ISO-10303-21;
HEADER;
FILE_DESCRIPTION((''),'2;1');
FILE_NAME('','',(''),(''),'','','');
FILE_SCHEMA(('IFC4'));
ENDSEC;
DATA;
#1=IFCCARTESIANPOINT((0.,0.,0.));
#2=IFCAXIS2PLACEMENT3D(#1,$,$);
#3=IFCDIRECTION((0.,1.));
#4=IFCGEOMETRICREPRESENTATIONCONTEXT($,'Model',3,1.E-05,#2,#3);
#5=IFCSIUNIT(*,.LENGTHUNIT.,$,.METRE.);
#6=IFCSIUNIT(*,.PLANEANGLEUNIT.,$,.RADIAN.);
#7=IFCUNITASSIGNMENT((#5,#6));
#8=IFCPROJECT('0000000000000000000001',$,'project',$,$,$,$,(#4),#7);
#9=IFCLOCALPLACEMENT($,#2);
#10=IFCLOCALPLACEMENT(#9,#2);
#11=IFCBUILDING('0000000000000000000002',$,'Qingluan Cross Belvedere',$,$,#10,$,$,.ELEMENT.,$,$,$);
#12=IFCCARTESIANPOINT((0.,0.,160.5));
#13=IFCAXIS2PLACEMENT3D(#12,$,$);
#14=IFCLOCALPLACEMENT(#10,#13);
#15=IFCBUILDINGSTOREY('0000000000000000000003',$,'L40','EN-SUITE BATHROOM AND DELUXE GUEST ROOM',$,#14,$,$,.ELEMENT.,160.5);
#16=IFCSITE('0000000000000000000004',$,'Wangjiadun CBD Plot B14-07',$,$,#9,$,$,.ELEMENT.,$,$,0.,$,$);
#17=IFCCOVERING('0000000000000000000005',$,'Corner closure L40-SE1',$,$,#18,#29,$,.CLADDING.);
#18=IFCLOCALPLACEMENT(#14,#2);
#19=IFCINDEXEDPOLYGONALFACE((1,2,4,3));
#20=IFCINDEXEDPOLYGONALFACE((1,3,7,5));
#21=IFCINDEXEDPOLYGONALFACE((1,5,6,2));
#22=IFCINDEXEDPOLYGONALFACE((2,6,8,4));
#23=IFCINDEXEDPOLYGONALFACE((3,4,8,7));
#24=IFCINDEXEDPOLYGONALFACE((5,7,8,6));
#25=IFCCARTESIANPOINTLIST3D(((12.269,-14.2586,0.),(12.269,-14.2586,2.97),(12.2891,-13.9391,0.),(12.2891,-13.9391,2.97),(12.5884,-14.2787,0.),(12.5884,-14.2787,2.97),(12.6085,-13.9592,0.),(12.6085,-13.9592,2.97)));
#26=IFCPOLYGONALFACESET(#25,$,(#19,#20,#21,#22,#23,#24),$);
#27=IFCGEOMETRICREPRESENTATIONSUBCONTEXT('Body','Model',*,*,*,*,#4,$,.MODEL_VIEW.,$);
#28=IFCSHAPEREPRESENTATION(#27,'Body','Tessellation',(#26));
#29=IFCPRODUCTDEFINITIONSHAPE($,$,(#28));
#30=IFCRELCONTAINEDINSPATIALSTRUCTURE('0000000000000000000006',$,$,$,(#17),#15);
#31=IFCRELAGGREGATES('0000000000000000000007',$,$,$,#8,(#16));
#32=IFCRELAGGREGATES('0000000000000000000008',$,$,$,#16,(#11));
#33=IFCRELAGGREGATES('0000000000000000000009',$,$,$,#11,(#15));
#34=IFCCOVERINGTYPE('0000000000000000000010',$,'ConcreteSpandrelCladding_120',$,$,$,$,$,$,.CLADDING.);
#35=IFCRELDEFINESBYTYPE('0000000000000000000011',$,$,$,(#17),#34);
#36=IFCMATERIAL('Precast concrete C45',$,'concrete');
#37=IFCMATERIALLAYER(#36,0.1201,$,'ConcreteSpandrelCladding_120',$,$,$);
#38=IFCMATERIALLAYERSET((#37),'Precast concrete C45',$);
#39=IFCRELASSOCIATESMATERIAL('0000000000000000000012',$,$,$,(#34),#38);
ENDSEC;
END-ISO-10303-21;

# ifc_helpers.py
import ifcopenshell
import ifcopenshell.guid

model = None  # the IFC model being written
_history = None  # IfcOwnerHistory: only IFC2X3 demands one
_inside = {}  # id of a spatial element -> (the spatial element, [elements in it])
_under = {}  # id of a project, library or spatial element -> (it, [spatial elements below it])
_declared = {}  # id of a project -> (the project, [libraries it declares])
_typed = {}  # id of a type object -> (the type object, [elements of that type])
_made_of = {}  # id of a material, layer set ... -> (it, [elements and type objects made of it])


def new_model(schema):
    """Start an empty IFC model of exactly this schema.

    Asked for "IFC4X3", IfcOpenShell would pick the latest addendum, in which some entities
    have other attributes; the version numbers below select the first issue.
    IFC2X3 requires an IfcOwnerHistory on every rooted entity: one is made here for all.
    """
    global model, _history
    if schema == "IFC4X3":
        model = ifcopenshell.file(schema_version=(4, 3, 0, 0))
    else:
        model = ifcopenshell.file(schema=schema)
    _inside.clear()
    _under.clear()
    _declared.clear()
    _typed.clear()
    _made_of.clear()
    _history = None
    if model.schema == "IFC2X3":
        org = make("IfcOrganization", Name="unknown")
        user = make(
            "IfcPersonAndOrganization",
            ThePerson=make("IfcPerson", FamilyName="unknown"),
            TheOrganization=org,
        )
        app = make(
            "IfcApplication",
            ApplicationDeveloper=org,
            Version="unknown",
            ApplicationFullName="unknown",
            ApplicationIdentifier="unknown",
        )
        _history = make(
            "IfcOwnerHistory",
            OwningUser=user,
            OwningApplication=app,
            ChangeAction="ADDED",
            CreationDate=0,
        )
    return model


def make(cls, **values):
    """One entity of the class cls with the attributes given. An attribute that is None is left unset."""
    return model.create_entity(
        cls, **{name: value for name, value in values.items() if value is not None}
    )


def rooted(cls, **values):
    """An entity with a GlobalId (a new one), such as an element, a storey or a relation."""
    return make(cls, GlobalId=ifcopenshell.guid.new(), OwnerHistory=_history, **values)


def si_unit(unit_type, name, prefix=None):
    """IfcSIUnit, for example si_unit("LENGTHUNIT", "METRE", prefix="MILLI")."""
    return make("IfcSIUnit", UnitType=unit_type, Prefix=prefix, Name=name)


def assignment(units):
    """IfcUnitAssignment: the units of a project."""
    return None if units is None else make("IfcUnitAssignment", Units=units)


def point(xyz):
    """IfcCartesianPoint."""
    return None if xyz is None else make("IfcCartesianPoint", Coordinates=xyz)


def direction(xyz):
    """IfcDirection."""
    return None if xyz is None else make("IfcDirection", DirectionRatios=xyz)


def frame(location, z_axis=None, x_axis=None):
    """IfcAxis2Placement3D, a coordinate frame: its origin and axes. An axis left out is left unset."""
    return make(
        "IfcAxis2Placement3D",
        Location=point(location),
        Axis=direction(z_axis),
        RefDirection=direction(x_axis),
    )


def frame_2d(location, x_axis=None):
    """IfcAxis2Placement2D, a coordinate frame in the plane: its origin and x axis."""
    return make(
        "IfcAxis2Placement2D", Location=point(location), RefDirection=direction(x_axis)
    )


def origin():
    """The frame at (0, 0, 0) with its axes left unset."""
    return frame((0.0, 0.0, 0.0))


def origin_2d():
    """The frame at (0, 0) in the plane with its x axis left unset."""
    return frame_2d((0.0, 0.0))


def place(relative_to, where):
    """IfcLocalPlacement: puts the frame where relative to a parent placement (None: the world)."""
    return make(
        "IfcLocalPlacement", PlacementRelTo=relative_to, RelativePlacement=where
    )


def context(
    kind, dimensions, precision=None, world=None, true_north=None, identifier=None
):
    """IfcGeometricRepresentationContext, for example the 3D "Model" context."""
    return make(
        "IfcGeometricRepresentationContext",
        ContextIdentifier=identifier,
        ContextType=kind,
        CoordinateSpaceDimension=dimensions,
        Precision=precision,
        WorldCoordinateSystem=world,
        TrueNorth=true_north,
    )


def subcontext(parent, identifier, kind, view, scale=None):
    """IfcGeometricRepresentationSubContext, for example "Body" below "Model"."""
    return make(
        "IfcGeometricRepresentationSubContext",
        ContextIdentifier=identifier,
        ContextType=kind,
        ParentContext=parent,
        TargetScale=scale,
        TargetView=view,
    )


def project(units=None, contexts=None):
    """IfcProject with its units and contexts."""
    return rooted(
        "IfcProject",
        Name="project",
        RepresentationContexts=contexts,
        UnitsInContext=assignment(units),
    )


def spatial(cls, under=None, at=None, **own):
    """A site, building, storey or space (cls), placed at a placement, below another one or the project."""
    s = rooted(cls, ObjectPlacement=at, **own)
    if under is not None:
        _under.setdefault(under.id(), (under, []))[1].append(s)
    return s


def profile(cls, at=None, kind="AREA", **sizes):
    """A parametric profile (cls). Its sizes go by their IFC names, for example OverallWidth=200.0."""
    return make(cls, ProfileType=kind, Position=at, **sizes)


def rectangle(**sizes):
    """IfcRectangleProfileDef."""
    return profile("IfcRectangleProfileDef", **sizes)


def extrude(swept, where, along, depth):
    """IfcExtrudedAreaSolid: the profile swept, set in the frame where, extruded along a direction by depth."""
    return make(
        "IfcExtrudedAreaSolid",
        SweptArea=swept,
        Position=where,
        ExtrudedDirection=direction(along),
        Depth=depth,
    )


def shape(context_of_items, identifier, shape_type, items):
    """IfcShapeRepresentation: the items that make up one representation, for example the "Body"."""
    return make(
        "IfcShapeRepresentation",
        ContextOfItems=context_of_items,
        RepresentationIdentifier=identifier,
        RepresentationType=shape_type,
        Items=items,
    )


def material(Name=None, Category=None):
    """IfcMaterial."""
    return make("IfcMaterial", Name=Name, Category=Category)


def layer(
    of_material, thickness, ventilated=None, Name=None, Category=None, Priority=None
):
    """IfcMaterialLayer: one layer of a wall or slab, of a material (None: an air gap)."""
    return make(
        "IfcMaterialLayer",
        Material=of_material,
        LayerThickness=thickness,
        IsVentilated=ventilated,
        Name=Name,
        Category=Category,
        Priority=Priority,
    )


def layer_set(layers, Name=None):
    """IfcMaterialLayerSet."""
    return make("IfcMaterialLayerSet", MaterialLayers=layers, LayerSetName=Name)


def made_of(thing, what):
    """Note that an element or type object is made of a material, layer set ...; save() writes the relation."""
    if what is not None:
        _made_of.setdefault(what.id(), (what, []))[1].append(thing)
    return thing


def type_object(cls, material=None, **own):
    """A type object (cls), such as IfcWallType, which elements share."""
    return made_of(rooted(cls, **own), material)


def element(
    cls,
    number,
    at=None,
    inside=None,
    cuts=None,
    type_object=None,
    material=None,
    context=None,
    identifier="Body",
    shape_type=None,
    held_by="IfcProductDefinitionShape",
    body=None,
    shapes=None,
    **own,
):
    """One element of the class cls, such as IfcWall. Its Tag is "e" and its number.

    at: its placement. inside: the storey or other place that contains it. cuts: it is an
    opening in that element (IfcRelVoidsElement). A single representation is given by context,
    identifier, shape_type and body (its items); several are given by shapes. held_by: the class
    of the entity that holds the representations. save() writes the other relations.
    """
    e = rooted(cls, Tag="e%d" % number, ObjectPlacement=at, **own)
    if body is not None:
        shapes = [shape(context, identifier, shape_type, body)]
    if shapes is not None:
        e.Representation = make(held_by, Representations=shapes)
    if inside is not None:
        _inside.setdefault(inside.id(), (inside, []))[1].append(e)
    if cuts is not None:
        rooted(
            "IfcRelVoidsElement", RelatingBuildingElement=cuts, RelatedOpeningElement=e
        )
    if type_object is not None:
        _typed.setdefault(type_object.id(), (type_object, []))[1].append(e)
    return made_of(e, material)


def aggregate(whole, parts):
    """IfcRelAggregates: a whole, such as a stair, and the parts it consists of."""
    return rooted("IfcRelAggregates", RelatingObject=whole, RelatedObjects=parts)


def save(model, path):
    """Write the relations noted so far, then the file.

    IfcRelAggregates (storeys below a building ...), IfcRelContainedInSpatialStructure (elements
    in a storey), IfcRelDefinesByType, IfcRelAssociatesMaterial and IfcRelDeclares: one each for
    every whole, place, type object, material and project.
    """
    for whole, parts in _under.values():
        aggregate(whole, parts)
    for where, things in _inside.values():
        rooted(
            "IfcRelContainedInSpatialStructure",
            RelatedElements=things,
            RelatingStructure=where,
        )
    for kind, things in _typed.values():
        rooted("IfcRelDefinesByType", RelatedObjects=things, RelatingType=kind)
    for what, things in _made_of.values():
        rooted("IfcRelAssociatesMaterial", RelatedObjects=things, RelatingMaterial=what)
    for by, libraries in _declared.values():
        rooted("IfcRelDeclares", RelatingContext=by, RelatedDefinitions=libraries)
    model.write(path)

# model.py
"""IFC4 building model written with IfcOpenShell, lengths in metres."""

from ifc_helpers import new_model, si_unit, direction, frame, origin, origin_2d, place, context, subcontext, project, spatial, rectangle, extrude, material, layer, layer_set, type_object, element, save


model = new_model("IFC4")

# Units and contexts
model_context = context("Model", 3, precision=1e-05, world=origin(), true_north=direction((0.0, 1.0)))
body_context = subcontext(model_context, "Body", "Model", "MODEL_VIEW")
ifc_project = project(units=[si_unit("LENGTHUNIT", "METRE"), si_unit("PLANEANGLEUNIT", "RADIAN")], contexts=[model_context])

# Site, building, storey
site_placement = place(None, origin())
site = spatial("IfcSite", under=ifc_project, at=site_placement, Name="Wangjiadun CBD Plot B14-07", CompositionType="ELEMENT", RefElevation=0.0)
building_placement = place(site_placement, origin())
building = spatial("IfcBuilding", under=site, at=building_placement, Name="Qingluan Cross Belvedere", CompositionType="ELEMENT")
storey_placement = place(building_placement, frame((0.0, 0.0, 160.5)))
storey = spatial("IfcBuildingStorey", under=building, at=storey_placement, Name="L40", Description="EN-SUITE BATHROOM AND DELUXE GUEST ROOM", CompositionType="ELEMENT", Elevation=160.5)

# Covering
ifc_material_1 = material(Name="Precast concrete C45", Category="concrete")
ifc_layer_1 = layer(ifc_material_1, 0.1201, Name="ConcreteSpandrelCladding_120")
ifc_layer_set_1 = layer_set([ifc_layer_1], Name="Precast concrete C45")
covering_type = type_object("IfcCoveringType", Name="ConcreteSpandrelCladding_120", PredefinedType="CLADDING", material=ifc_layer_set_1)
covering_placement = place(storey_placement, frame((12.4387, -14.1089, 0.0), z_axis=(0.0, 0.0, 1.0), x_axis=(0.998027, -0.062791, 0.0)))
element("IfcCovering", 1, at=covering_placement, inside=storey, type_object=covering_type, Name="Corner closure L40-SE1", PredefinedType="CLADDING", context=body_context, shape_type="SweptSolid", body=[
    extrude(rectangle(XDim=0.3201, YDim=0.3201, at=origin_2d()), origin(), (0.0, 0.0, 1.0), 2.97),
])

save(model, "model.ifc")
